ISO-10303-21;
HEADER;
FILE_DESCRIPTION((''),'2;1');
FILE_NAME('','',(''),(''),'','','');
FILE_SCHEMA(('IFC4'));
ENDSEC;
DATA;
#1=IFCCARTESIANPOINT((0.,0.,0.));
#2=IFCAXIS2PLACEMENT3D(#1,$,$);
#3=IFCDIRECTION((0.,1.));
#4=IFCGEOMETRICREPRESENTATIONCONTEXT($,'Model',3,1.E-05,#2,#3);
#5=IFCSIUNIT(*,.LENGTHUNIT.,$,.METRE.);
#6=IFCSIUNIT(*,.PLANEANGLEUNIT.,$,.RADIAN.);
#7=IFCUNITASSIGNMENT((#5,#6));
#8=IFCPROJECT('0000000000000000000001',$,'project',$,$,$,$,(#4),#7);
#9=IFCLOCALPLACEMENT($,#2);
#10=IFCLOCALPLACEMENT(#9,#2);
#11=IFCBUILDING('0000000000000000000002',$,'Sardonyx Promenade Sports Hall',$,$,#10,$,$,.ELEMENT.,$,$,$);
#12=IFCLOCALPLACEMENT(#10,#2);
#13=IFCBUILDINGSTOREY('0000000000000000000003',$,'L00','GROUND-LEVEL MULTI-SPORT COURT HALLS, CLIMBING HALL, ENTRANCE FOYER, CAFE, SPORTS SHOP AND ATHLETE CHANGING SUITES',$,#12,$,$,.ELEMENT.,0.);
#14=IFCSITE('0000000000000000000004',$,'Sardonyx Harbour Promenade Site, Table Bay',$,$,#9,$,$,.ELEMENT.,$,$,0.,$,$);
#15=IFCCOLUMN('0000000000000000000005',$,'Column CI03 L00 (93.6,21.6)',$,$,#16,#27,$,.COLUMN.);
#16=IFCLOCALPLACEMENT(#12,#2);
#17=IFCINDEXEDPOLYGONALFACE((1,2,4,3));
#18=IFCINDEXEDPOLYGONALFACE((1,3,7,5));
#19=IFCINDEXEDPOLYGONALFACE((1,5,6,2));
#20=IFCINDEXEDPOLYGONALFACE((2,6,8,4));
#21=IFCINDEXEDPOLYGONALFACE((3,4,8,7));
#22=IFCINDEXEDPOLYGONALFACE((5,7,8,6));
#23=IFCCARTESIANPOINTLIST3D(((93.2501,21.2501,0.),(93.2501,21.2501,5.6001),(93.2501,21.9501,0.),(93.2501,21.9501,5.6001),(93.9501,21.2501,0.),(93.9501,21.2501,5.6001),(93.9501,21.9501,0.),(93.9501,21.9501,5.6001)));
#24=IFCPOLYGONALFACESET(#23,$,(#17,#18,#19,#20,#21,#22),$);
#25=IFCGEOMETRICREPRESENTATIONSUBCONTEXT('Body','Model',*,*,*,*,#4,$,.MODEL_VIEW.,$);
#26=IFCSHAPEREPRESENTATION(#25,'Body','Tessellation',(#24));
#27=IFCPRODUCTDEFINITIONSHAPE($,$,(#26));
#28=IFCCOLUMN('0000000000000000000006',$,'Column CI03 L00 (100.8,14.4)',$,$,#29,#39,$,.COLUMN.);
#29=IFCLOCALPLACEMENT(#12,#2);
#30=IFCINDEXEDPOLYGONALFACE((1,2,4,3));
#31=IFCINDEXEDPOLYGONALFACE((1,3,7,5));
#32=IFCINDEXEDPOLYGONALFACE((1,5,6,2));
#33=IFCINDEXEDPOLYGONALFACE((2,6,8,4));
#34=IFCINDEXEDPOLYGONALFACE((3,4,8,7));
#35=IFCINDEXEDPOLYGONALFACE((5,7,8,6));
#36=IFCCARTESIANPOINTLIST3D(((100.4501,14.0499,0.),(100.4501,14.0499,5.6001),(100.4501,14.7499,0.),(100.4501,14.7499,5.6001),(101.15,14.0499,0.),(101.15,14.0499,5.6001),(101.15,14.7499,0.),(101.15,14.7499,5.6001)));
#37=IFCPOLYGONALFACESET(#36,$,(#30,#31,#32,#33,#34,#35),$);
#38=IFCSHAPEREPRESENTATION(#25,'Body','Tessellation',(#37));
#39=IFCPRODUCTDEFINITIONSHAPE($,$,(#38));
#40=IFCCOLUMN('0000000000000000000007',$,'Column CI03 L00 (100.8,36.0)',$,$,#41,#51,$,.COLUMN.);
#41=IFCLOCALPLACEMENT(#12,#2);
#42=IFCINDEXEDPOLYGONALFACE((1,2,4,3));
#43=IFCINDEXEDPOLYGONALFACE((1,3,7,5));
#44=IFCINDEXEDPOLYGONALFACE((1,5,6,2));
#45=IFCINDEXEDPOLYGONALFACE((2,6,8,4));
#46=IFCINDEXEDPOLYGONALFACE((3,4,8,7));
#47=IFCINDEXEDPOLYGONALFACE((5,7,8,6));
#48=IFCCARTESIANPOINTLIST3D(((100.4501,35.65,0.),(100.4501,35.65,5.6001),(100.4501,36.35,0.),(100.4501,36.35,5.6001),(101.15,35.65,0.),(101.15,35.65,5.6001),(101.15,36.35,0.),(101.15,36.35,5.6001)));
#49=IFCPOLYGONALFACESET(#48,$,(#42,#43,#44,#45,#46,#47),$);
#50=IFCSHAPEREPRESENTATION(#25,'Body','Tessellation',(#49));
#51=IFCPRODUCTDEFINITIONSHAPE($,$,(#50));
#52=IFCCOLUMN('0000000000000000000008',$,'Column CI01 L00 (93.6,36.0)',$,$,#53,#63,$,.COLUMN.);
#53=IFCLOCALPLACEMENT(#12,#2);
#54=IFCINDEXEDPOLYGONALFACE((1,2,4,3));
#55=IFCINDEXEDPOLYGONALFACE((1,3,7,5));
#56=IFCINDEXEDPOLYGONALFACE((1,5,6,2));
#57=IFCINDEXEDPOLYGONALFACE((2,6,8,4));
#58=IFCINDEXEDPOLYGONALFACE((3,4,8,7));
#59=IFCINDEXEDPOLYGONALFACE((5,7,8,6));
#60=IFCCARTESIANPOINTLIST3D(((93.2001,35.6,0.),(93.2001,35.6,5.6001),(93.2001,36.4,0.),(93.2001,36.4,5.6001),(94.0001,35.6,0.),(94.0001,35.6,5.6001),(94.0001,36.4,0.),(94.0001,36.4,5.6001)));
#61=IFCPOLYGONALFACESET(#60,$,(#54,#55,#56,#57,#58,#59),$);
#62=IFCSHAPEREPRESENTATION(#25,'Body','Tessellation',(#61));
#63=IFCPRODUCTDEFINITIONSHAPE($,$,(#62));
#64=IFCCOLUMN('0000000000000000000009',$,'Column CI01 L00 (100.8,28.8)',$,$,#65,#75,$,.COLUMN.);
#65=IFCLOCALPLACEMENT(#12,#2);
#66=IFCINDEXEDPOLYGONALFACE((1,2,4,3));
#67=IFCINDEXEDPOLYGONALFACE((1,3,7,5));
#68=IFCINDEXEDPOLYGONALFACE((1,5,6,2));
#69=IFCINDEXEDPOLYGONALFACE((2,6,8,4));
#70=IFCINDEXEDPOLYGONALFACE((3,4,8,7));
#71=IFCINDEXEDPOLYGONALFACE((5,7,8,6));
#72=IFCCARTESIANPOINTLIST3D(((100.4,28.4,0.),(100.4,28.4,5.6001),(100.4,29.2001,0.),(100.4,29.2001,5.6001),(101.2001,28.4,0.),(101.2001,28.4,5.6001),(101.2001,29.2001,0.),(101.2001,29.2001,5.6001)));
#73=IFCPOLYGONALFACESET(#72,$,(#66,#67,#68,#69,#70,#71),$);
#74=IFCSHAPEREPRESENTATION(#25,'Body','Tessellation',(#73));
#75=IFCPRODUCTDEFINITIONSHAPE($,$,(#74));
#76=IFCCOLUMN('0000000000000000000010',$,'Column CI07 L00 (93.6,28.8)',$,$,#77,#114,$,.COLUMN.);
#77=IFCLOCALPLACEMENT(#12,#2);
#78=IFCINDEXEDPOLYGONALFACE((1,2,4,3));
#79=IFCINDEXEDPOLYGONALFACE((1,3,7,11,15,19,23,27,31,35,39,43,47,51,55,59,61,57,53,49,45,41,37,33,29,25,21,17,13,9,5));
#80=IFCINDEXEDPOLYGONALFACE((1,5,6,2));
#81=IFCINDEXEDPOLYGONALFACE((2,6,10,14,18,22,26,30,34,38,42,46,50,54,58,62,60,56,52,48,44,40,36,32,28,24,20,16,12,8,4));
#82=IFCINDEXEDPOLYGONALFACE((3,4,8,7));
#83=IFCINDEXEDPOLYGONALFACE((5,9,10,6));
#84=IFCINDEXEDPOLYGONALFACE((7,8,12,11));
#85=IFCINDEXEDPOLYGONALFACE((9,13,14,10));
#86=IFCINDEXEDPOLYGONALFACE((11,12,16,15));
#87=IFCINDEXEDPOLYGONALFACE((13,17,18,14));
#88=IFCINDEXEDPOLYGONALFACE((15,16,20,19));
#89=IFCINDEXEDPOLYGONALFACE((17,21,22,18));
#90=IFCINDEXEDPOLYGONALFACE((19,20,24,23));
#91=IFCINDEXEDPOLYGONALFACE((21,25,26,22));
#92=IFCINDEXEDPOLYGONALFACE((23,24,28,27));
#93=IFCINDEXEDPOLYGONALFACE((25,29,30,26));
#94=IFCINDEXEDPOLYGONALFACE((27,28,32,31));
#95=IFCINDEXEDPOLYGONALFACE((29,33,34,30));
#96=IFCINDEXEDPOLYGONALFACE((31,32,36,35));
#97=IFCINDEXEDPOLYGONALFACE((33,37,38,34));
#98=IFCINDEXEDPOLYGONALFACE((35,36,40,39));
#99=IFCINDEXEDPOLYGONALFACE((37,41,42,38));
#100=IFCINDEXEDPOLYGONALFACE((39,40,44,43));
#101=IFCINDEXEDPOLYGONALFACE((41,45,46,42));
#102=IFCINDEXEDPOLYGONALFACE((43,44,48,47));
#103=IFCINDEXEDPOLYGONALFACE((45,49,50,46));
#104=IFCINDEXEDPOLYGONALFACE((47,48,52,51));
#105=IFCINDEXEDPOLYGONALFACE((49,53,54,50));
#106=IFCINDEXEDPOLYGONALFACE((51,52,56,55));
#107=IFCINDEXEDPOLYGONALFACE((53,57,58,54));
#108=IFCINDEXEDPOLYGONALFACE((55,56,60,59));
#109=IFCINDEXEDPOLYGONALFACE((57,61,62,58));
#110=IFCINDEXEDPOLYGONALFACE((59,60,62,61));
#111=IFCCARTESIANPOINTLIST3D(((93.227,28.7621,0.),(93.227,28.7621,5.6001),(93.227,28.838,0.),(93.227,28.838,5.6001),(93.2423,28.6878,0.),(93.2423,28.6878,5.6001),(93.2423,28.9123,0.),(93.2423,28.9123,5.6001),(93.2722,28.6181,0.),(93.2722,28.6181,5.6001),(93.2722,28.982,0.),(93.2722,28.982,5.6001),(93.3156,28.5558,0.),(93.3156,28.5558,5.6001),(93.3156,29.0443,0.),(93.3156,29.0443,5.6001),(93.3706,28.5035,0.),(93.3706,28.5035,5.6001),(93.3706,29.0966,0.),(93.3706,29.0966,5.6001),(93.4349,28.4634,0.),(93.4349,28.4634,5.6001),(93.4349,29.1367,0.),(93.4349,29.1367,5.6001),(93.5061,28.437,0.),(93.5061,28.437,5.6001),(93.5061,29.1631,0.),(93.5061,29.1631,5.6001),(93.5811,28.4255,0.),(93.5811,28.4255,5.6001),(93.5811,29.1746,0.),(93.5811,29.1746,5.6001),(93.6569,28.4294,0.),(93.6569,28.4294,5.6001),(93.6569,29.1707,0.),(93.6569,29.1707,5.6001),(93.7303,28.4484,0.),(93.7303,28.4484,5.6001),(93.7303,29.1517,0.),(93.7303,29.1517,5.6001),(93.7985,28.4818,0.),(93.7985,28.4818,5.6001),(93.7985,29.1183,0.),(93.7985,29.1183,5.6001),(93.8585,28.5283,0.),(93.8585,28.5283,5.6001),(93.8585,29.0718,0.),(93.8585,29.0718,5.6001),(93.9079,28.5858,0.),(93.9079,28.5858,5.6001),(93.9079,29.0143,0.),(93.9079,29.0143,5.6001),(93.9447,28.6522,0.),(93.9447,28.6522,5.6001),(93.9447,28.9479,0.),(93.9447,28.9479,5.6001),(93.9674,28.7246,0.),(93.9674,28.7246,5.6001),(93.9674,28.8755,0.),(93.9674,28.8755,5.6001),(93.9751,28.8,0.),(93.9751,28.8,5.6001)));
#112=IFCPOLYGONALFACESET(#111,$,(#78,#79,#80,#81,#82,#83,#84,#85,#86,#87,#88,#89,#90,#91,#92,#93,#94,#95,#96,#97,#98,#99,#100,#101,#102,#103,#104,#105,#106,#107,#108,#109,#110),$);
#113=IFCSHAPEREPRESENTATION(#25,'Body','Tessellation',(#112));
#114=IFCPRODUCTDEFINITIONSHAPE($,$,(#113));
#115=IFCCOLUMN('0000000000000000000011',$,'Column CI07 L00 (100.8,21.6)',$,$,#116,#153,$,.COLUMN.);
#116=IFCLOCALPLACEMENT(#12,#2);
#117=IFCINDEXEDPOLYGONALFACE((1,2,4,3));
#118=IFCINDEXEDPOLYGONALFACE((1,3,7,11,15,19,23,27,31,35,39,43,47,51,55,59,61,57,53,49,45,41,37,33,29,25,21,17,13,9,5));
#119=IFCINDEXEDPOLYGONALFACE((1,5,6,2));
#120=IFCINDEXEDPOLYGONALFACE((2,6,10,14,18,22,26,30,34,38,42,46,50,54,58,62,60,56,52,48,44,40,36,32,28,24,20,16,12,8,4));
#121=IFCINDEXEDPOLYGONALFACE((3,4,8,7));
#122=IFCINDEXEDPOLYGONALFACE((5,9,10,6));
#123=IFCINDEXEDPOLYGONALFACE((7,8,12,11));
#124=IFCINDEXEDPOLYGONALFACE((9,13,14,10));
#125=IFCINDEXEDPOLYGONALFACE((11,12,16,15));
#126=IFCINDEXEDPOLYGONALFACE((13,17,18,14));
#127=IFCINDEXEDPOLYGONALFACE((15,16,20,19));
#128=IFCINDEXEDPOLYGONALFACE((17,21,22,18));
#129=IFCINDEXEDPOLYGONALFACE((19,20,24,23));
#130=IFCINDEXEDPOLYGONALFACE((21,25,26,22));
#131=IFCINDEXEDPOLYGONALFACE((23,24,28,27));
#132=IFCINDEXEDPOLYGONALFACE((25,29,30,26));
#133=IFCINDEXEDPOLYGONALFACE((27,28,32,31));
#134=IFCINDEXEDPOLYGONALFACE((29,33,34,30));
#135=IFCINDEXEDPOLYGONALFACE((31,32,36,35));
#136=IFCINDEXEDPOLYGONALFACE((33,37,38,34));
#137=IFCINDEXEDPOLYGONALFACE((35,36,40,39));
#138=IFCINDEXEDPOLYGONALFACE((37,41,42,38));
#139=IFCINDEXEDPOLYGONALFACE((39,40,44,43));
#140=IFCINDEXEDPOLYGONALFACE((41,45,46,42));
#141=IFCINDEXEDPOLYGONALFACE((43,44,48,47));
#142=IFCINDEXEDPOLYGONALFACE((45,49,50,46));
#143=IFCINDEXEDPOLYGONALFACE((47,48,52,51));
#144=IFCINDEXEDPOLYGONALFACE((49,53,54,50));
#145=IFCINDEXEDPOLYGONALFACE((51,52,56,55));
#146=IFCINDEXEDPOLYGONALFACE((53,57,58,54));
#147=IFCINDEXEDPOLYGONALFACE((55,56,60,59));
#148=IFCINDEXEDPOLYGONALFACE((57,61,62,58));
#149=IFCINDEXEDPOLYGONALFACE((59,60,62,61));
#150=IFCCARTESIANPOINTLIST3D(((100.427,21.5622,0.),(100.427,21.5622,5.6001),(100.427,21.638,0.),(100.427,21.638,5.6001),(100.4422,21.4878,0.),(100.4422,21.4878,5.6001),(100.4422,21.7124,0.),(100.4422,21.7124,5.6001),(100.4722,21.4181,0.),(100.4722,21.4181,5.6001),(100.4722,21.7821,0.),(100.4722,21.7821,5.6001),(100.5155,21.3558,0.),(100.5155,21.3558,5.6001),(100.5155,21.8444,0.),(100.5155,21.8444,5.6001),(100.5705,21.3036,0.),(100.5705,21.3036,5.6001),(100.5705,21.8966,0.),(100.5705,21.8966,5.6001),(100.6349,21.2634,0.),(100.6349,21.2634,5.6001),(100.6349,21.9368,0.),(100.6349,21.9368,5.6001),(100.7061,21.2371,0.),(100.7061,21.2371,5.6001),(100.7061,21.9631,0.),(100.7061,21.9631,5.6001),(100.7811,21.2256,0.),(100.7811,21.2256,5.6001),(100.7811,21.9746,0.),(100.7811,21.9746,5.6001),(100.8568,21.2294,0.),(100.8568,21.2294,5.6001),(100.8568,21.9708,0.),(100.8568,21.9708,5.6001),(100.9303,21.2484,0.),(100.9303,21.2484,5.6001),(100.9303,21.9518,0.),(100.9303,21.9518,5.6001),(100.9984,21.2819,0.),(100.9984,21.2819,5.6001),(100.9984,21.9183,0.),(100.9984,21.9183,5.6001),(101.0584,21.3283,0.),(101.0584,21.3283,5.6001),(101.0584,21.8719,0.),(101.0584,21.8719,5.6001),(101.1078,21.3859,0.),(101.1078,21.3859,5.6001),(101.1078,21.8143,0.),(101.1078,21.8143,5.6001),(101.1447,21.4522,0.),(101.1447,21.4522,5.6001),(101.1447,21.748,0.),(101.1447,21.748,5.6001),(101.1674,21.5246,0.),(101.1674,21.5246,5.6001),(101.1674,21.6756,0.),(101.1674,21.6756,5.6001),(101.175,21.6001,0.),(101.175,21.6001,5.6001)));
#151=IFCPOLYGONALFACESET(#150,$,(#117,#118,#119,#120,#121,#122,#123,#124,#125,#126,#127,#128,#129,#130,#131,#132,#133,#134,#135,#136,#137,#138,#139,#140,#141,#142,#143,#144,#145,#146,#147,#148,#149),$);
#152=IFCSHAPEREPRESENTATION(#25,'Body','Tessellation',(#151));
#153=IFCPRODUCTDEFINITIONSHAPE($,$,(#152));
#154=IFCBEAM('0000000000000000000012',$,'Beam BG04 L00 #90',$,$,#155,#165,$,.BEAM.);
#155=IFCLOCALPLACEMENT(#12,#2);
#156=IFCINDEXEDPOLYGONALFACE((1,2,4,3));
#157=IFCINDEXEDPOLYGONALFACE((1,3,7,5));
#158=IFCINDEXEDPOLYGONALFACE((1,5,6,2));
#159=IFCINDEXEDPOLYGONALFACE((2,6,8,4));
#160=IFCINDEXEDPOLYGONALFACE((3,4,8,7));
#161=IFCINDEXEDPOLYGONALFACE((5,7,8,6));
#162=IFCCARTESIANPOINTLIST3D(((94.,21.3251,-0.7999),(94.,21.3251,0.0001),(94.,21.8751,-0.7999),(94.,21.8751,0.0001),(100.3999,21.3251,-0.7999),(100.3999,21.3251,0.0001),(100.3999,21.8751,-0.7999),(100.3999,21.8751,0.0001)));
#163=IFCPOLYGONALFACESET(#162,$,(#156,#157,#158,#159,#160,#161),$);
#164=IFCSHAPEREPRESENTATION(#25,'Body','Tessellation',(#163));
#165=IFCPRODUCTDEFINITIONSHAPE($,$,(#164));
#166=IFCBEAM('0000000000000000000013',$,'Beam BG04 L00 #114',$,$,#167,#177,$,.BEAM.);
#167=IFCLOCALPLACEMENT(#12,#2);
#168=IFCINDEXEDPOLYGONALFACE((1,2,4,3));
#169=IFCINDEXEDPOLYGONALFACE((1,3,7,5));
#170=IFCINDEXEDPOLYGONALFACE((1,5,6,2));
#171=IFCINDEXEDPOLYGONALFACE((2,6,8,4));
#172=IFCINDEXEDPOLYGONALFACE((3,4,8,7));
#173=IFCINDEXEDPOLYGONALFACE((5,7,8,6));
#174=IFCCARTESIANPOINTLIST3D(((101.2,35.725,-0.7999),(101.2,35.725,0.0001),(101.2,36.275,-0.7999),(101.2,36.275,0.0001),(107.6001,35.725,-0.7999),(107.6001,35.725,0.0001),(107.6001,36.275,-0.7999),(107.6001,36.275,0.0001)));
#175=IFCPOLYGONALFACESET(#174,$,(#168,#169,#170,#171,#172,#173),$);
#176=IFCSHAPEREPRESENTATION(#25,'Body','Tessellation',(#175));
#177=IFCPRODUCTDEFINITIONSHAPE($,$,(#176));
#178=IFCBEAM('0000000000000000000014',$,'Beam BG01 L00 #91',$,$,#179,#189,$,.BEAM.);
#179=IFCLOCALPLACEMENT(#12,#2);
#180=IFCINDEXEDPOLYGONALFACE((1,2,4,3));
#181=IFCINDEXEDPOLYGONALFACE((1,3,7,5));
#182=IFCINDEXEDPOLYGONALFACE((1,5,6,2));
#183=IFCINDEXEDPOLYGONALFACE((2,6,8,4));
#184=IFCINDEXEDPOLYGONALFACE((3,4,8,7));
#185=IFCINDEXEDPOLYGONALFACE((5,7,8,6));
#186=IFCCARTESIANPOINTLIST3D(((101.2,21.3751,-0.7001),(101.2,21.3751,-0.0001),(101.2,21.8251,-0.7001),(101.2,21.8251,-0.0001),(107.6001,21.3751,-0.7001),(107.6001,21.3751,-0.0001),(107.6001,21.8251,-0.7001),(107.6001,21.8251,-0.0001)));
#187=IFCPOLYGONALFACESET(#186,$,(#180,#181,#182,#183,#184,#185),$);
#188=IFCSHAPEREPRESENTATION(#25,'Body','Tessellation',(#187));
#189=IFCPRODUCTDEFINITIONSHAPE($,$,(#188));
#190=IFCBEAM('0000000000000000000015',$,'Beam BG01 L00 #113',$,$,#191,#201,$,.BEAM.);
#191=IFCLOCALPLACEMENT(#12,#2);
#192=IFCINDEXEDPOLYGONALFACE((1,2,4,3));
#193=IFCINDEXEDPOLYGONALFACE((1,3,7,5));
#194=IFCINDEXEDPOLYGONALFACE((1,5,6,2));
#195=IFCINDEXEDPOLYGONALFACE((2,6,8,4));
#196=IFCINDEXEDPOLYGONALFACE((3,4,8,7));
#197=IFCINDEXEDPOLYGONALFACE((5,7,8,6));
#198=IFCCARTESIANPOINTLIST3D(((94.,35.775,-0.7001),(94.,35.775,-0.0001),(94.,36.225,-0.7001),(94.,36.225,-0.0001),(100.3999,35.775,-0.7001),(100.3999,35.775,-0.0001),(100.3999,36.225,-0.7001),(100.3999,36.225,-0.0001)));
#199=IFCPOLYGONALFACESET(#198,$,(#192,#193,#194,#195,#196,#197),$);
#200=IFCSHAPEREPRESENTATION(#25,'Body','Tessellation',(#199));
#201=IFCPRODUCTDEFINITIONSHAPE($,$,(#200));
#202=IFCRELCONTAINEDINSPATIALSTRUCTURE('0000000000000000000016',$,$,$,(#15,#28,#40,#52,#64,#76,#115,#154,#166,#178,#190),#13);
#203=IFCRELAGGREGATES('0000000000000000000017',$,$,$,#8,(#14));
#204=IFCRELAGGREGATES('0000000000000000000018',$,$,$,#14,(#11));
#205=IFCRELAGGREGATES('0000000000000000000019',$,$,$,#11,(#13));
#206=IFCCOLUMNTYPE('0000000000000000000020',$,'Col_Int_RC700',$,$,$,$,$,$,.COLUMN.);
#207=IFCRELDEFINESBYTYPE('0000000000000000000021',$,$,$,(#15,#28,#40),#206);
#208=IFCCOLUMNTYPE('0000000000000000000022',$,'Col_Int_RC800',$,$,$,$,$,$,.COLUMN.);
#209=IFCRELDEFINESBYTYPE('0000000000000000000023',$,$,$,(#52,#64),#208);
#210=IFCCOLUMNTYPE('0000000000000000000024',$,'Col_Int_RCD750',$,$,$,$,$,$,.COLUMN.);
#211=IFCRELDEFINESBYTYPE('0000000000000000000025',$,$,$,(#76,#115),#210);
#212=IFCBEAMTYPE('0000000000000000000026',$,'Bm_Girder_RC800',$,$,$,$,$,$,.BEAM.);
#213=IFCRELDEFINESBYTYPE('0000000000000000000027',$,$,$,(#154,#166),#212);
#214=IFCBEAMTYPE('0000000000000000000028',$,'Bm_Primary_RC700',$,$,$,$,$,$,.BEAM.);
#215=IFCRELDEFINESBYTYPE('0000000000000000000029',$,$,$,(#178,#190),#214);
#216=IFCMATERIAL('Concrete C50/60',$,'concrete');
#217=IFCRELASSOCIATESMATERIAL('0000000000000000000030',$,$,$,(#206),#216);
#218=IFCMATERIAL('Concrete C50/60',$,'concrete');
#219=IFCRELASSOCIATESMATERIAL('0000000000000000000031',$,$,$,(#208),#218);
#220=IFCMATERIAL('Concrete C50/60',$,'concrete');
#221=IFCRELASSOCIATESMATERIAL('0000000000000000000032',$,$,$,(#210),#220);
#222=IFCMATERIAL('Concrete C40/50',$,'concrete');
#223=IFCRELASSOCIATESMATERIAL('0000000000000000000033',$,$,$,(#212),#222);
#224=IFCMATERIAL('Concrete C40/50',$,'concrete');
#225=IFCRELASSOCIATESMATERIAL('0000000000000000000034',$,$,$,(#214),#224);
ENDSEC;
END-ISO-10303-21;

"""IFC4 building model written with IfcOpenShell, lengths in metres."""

from ifc_helpers import new_model, si_unit, direction, frame, origin, origin_2d, place, context, subcontext, project, spatial, rectangle, circle, extrude, material, material_profile, profile_set, type_object, element, save


model = new_model("IFC4")

# Units and contexts
model_context = context("Model", 3, precision=1e-05, world=origin(), true_north=direction((0.0, 1.0)))
body_context = subcontext(model_context, "Body", "Model", "MODEL_VIEW")
ifc_project = project(units=[si_unit("LENGTHUNIT", "METRE"), si_unit("PLANEANGLEUNIT", "RADIAN")], contexts=[model_context])

# Site, building, storey
site_placement = place(None, origin())
site = spatial("IfcSite", under=ifc_project, at=site_placement, Name="Sardonyx Harbour Promenade Site, Table Bay", CompositionType="ELEMENT", RefElevation=0.0)
building_placement = place(site_placement, origin())
building = spatial("IfcBuilding", under=site, at=building_placement, Name="Sardonyx Promenade Sports Hall", CompositionType="ELEMENT")
storey_placement = place(building_placement, origin())
storey = spatial("IfcBuildingStorey", under=building, at=storey_placement, Name="L00", Description="GROUND-LEVEL MULTI-SPORT COURT HALLS, CLIMBING HALL, ENTRANCE FOYER, CAFE, SPORTS SHOP AND ATHLETE CHANGING SUITES", CompositionType="ELEMENT", Elevation=0.0)

# Columns
ifc_material_1 = material(Name="Concrete C50/60", Category="concrete")
ifc_material_profile_1 = material_profile(ifc_material_1, rectangle(XDim=0.7, YDim=0.7, at=origin_2d()))
ifc_profile_set_1 = profile_set([ifc_material_profile_1], Name="Concrete C50/60")
column_type_1 = type_object("IfcColumnType", Name="Col_Int_RC700", PredefinedType="COLUMN", material=ifc_profile_set_1)
for number, where, z_axis, x_axis, name in (
    (1, (93.6001, 21.6001, 0.0), (0.0, 0.0, 1.0), (1.0, 0.0, 0.0), "Column CI03 L00 (93.6,21.6)"),
    (2, (100.8, 14.3999, 0.0), (0.0, 0.0, 1.0), (1.0, 0.0, 0.0), "Column CI03 L00 (100.8,14.4)"),
    (3, (100.8, 36.0, 0.0), (0.0, 0.0, 1.0), (1.0, 0.0, 0.0), "Column CI03 L00 (100.8,36.0)"),
):
    element("IfcColumn", number, at=place(storey_placement, frame(where, z_axis=z_axis, x_axis=x_axis)), inside=storey, type_object=column_type_1, Name=name, PredefinedType="COLUMN", context=body_context, shape_type="SweptSolid", body=[
        extrude(rectangle(XDim=0.7, YDim=0.7, at=origin_2d()), origin(), (0.0, 0.0, 1.0), 5.6001),
    ])
ifc_material_2 = material(Name="Concrete C50/60", Category="concrete")
ifc_material_profile_2 = material_profile(ifc_material_2, rectangle(XDim=0.8, YDim=0.8, at=origin_2d()))
ifc_profile_set_2 = profile_set([ifc_material_profile_2], Name="Concrete C50/60")
column_type_2 = type_object("IfcColumnType", Name="Col_Int_RC800", PredefinedType="COLUMN", material=ifc_profile_set_2)
for number, where, z_axis, x_axis, name in (
    (4, (93.6001, 36.0, 0.0), (0.0, 0.0, 1.0), (1.0, 0.0, 0.0), "Column CI01 L00 (93.6,36.0)"),
    (5, (100.8, 28.8, 0.0), (0.0, 0.0, 1.0), (1.0, 0.0, 0.0), "Column CI01 L00 (100.8,28.8)"),
):
    element("IfcColumn", number, at=place(storey_placement, frame(where, z_axis=z_axis, x_axis=x_axis)), inside=storey, type_object=column_type_2, Name=name, PredefinedType="COLUMN", context=body_context, shape_type="SweptSolid", body=[
        extrude(rectangle(XDim=0.8, YDim=0.8, at=origin_2d()), origin(), (0.0, 0.0, 1.0), 5.6001),
    ])
ifc_material_3 = material(Name="Concrete C50/60", Category="concrete")
ifc_material_profile_3 = material_profile(ifc_material_3, circle(Radius=0.375, at=origin_2d()))
ifc_profile_set_3 = profile_set([ifc_material_profile_3], Name="Concrete C50/60")
column_type_3 = type_object("IfcColumnType", Name="Col_Int_RCD750", PredefinedType="COLUMN", material=ifc_profile_set_3)
for number, where, z_axis, x_axis, name in (
    (6, (93.6001, 28.8, 0.0), (0.0, 0.0, 1.0), (1.0, 0.0, 0.0), "Column CI07 L00 (93.6,28.8)"),
    (7, (100.8, 21.6001, 0.0), (0.0, 0.0, 1.0), (1.0, 0.0, 0.0), "Column CI07 L00 (100.8,21.6)"),
):
    element("IfcColumn", number, at=place(storey_placement, frame(where, z_axis=z_axis, x_axis=x_axis)), inside=storey, type_object=column_type_3, Name=name, PredefinedType="COLUMN", context=body_context, shape_type="SweptSolid", body=[
        extrude(circle(Radius=0.375, at=origin_2d()), origin(), (0.0, 0.0, 1.0), 5.6001),
    ])

# Beams
ifc_material_4 = material(Name="Concrete C40/50", Category="concrete")
ifc_material_profile_4 = material_profile(ifc_material_4, rectangle(XDim=0.55, YDim=0.8, at=origin_2d()))
ifc_profile_set_4 = profile_set([ifc_material_profile_4], Name="Concrete C40/50")
beam_type_1 = type_object("IfcBeamType", Name="Bm_Girder_RC800", PredefinedType="BEAM", material=ifc_profile_set_4)
beam_1_placement = place(storey_placement, frame((94.0, 21.6001, -0.3999), z_axis=(1.0, 0.0, 0.0), x_axis=(0.0, 1.0, 0.0)))
element("IfcBeam", 8, at=beam_1_placement, inside=storey, type_object=beam_type_1, Name="Beam BG04 L00 #90", PredefinedType="BEAM", context=body_context, shape_type="SweptSolid", body=[
    extrude(rectangle(XDim=0.55, YDim=0.8, at=origin_2d()), origin(), (0.0, 0.0, 1.0), 6.3999),
])
beam_2_placement = place(storey_placement, frame((101.2, 36.0, -0.3999), z_axis=(1.0, 0.0, 0.0), x_axis=(0.0, 1.0, 0.0)))
element("IfcBeam", 9, at=beam_2_placement, inside=storey, type_object=beam_type_1, Name="Beam BG04 L00 #114", PredefinedType="BEAM", context=body_context, shape_type="SweptSolid", body=[
    extrude(rectangle(XDim=0.55, YDim=0.8, at=origin_2d()), origin(), (0.0, 0.0, 1.0), 6.4001),
])
ifc_material_5 = material(Name="Concrete C40/50", Category="concrete")
ifc_material_profile_5 = material_profile(ifc_material_5, rectangle(XDim=0.45, YDim=0.7, at=origin_2d()))
ifc_profile_set_5 = profile_set([ifc_material_profile_5], Name="Concrete C40/50")
beam_type_2 = type_object("IfcBeamType", Name="Bm_Primary_RC700", PredefinedType="BEAM", material=ifc_profile_set_5)
beam_3_placement = place(storey_placement, frame((101.2, 21.6001, -0.3501), z_axis=(1.0, 0.0, 0.0), x_axis=(0.0, 1.0, 0.0)))
element("IfcBeam", 10, at=beam_3_placement, inside=storey, type_object=beam_type_2, Name="Beam BG01 L00 #91", PredefinedType="BEAM", context=body_context, shape_type="SweptSolid", body=[
    extrude(rectangle(XDim=0.45, YDim=0.7, at=origin_2d()), origin(), (0.0, 0.0, 1.0), 6.4001),
])
beam_4_placement = place(storey_placement, frame((94.0, 36.0, -0.3501), z_axis=(1.0, 0.0, 0.0), x_axis=(0.0, 1.0, 0.0)))
element("IfcBeam", 11, at=beam_4_placement, inside=storey, type_object=beam_type_2, Name="Beam BG01 L00 #113", PredefinedType="BEAM", context=body_context, shape_type="SweptSolid", body=[
    extrude(rectangle(XDim=0.45, YDim=0.7, at=origin_2d()), origin(), (0.0, 0.0, 1.0), 6.3999),
])

save(model, "model.ifc")
